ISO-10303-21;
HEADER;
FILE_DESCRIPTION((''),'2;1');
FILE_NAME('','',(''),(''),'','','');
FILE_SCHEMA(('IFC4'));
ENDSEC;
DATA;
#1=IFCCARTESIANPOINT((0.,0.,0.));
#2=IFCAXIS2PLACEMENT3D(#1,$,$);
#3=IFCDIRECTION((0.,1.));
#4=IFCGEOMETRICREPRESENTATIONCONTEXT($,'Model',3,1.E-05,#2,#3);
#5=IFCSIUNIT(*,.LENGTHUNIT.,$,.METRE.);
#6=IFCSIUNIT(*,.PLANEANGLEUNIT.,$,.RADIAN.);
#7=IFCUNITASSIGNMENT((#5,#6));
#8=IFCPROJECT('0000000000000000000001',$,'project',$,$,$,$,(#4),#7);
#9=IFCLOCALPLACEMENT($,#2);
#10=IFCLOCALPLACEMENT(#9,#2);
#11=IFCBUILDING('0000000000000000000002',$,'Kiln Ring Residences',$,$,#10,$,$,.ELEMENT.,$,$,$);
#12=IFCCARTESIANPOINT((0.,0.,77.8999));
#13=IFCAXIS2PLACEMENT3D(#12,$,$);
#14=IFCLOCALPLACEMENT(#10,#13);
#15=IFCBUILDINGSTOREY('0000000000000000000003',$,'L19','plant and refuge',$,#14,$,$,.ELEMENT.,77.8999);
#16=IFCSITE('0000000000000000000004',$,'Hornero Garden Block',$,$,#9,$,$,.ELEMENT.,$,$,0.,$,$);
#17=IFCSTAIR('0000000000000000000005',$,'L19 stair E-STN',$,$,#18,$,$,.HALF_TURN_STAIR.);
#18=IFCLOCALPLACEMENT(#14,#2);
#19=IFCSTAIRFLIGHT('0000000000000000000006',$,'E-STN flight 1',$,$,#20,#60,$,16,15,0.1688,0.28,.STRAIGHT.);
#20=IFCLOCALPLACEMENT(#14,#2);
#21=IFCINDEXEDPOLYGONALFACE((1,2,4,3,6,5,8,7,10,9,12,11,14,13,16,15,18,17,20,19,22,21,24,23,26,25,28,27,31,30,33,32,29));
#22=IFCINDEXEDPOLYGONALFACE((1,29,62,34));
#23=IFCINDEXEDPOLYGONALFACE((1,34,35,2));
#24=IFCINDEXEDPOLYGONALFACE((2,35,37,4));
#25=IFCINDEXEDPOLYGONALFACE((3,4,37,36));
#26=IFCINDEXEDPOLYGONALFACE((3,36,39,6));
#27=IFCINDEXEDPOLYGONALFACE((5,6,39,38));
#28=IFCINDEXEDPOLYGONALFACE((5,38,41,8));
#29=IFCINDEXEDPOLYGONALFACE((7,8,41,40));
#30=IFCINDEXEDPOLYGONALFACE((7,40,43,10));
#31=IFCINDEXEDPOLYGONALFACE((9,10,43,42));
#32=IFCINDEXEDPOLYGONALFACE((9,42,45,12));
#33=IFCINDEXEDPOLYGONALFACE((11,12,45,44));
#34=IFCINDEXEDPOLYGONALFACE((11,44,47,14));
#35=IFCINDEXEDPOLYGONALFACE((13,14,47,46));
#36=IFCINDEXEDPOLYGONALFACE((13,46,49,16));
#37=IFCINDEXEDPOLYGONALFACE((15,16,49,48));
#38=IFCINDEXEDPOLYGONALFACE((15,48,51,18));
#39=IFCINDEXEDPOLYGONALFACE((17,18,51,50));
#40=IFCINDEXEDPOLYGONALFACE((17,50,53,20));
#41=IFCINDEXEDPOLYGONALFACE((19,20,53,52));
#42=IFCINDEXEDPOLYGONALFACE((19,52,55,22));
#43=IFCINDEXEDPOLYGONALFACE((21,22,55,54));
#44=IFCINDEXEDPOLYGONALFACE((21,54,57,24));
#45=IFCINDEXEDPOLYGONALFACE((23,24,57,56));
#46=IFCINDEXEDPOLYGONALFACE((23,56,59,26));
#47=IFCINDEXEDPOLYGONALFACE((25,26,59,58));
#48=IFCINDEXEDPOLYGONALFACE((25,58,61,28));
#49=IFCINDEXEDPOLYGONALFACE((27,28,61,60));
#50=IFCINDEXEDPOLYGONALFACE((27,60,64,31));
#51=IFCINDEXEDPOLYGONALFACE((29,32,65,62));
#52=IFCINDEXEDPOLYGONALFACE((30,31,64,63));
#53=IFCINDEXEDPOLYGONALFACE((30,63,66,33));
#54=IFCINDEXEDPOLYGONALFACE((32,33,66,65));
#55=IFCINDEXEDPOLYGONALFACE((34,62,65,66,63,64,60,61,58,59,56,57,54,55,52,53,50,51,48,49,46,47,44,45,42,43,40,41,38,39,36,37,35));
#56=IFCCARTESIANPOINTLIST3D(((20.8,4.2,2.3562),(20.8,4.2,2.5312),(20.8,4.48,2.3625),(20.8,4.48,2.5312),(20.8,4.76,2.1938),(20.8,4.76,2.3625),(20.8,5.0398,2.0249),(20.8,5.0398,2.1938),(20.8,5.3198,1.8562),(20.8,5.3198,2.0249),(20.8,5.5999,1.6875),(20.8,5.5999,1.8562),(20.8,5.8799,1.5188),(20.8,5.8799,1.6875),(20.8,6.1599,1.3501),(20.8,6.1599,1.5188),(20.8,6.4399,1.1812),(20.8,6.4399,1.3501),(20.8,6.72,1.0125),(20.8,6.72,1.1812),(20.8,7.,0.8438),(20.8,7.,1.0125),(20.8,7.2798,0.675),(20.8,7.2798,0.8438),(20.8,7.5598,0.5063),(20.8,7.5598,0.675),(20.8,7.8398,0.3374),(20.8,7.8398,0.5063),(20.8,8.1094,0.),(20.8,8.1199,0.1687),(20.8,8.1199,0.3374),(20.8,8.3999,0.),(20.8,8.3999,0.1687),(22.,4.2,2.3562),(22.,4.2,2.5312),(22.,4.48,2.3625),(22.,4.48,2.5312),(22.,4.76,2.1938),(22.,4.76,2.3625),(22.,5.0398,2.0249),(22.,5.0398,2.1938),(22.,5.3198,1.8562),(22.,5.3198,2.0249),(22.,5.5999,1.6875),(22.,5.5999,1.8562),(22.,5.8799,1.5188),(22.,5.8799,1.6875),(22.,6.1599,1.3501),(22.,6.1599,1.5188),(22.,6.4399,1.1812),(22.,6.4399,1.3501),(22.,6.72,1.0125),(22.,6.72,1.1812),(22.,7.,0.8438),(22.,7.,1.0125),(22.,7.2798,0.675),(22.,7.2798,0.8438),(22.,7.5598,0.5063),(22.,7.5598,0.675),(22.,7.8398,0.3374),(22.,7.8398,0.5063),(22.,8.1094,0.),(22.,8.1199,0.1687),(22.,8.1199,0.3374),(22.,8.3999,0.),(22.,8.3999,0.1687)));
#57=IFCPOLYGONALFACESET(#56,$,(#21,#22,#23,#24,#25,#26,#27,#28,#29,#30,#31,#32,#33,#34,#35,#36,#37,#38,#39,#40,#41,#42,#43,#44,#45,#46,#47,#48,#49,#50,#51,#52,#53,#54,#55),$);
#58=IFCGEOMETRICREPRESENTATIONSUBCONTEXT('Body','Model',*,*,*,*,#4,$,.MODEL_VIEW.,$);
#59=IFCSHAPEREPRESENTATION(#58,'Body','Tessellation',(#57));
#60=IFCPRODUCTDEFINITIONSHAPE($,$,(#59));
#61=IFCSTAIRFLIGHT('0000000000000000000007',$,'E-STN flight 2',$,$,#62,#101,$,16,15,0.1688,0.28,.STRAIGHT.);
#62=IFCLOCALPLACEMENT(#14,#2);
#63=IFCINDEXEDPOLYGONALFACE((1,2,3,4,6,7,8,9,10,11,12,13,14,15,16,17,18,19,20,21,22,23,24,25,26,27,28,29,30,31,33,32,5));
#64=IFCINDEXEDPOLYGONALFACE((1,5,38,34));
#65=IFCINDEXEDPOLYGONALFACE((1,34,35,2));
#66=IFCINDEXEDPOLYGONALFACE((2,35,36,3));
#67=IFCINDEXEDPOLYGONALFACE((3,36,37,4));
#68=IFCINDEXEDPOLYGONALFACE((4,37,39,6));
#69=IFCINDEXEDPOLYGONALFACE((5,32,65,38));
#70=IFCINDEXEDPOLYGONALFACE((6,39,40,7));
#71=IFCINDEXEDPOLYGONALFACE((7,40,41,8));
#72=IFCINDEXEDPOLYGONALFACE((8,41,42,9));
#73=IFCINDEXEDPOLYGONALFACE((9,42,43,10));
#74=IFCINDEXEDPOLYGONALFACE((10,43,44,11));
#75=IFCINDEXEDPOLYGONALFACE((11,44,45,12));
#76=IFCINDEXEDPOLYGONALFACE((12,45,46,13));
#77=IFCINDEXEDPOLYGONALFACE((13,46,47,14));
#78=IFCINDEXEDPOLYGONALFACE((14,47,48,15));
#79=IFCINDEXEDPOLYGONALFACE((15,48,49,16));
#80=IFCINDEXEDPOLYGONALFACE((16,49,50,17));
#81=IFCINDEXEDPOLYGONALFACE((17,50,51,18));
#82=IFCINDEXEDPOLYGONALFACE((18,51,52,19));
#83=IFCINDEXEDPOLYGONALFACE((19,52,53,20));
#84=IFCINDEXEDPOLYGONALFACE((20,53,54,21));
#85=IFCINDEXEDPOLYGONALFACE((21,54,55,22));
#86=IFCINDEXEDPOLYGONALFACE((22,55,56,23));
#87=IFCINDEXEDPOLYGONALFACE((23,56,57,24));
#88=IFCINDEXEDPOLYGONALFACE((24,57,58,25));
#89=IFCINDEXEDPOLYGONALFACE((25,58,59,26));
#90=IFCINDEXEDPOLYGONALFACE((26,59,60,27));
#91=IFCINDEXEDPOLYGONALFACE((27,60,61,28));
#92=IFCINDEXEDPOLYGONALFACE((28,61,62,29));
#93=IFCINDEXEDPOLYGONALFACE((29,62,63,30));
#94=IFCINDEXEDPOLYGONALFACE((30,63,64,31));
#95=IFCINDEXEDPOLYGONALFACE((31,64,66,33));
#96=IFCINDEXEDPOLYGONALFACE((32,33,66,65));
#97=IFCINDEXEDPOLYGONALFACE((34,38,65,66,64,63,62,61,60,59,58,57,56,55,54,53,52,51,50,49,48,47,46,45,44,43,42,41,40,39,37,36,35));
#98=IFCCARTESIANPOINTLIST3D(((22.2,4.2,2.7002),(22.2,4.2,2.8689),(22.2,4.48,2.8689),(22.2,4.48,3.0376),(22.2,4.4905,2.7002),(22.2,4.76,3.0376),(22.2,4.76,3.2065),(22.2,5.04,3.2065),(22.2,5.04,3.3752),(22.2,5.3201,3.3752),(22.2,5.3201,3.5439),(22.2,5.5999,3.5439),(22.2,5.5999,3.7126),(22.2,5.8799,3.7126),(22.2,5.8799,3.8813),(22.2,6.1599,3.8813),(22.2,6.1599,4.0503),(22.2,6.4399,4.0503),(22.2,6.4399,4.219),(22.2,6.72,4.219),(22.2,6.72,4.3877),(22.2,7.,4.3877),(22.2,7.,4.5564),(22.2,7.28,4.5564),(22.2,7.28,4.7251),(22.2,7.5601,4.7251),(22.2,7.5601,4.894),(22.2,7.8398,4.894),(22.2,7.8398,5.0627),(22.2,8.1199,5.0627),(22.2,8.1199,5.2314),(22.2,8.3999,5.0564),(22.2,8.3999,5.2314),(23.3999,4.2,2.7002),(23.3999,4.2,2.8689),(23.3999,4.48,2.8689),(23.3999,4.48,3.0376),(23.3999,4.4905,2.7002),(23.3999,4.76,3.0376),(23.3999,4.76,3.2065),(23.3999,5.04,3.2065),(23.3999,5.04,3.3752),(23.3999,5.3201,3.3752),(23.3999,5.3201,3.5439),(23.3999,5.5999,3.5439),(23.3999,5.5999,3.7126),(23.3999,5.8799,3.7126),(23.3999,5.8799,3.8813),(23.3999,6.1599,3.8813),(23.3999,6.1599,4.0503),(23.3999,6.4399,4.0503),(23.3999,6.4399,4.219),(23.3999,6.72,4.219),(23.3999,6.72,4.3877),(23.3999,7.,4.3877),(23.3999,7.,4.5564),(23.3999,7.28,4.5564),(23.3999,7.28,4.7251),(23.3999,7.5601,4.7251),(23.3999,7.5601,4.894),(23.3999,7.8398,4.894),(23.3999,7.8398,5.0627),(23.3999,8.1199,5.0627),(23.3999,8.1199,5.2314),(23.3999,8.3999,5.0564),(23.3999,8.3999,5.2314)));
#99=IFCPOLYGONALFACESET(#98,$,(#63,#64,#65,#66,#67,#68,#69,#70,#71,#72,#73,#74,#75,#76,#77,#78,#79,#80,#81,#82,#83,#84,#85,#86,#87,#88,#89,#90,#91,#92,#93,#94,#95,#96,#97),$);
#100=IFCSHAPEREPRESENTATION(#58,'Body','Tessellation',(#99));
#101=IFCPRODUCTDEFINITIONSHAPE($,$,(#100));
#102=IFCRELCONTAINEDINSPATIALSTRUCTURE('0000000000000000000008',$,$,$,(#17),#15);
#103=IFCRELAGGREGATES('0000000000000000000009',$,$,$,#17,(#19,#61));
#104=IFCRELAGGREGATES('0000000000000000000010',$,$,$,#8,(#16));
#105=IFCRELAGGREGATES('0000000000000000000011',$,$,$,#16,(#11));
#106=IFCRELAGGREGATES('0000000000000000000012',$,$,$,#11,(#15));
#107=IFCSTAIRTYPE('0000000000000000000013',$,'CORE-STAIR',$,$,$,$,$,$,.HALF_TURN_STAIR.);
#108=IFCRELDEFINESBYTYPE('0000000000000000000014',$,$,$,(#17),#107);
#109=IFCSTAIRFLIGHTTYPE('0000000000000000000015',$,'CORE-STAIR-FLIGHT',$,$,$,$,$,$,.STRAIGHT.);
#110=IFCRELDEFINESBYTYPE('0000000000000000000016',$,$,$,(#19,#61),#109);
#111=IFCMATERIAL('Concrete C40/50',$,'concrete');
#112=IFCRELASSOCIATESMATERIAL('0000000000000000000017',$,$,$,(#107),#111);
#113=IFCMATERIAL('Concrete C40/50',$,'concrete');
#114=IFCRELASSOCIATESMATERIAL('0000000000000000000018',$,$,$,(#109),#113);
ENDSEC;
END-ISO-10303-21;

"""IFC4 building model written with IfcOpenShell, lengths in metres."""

from ifc_helpers import new_model, si_unit, direction, frame, origin, place, context, subcontext, project, spatial, polyline, outline, extrude, material, type_object, element, aggregate, save


model = new_model("IFC4")

# Units and contexts
model_context = context("Model", 3, precision=1e-05, world=origin(), true_north=direction((0.0, 1.0)))
body_context = subcontext(model_context, "Body", "Model", "MODEL_VIEW")
ifc_project = project(units=[si_unit("LENGTHUNIT", "METRE"), si_unit("PLANEANGLEUNIT", "RADIAN")], contexts=[model_context])

# Site, building, storey
site_placement = place(None, origin())
site = spatial("IfcSite", under=ifc_project, at=site_placement, Name="Hornero Garden Block", CompositionType="ELEMENT", RefElevation=0.0)
building_placement = place(site_placement, origin())
building = spatial("IfcBuilding", under=site, at=building_placement, Name="Kiln Ring Residences", CompositionType="ELEMENT")
storey_placement = place(building_placement, frame((0.0, 0.0, 77.8999)))
storey = spatial("IfcBuildingStorey", under=building, at=storey_placement, Name="L19", Description="plant and refuge", CompositionType="ELEMENT", Elevation=77.8999)

# Stair, stair flights
ifc_material_1 = material(Name="Concrete C40/50", Category="concrete")
stair_type = type_object("IfcStairType", Name="CORE-STAIR", PredefinedType="HALF_TURN_STAIR", material=ifc_material_1)
stair_placement = place(storey_placement, origin())
stair = element("IfcStair", 1, at=stair_placement, inside=storey, type_object=stair_type, Name="L19 stair E-STN", PredefinedType="HALF_TURN_STAIR")
ifc_material_2 = material(Name="Concrete C40/50", Category="concrete")
stair_flight_type = type_object("IfcStairFlightType", Name="CORE-STAIR-FLIGHT", PredefinedType="STRAIGHT", material=ifc_material_2)
stair_flight_1_placement = place(storey_placement, frame((21.3999, 8.3999, 0.0), z_axis=(0.0, 0.0, 1.0), x_axis=(0.0, -1.0, 0.0)))
stair_flight_1 = element("IfcStairFlight", 2, at=stair_flight_1_placement, type_object=stair_flight_type, Name="E-STN flight 1", NumberOfRisers=16, NumberOfTreads=15, PredefinedType="STRAIGHT", RiserHeight=0.1688, TreadLength=0.28, context=body_context, shape_type="SweptSolid", body=[
    extrude(outline(polyline([(0.0, 0.0), (0.0, 0.1687), (0.28, 0.1687), (0.28, 0.3374), (0.5601, 0.3374), (0.5601, 0.5063), (0.8401, 0.5063), (0.8401, 0.675), (1.1201, 0.675), (1.1201, 0.8438), (1.3999, 0.8438), (1.3999, 1.0125), (1.6799, 1.0125), (1.6799, 1.1812), (1.96, 1.1812), (1.96, 1.3501), (2.24, 1.3501), (2.24, 1.5188), (2.52, 1.5188), (2.52, 1.6875), (2.8, 1.6875), (2.8, 1.8562), (3.0801, 1.8562), (3.0801, 2.0249), (3.3601, 2.0249), (3.3601, 2.1938), (3.6399, 2.1938), (3.6399, 2.3625), (3.9199, 2.3625), (3.9199, 2.5312), (4.2, 2.5312), (4.2, 2.7), (4.2, 2.3562), (0.2905, 0.0), (0.0, 0.0)])), frame((0.0, 0.6001, 0.0), z_axis=(0.0, -1.0, 0.0), x_axis=(1.0, 0.0, 0.0)), (0.0, 0.0, 1.0), 1.2),
])
stair_flight_2_placement = place(storey_placement, frame((22.8, 4.2, 2.7002), z_axis=(0.0, 0.0, 1.0), x_axis=(0.0, 1.0, 0.0)))
stair_flight_2 = element("IfcStairFlight", 3, at=stair_flight_2_placement, type_object=stair_flight_type, Name="E-STN flight 2", NumberOfRisers=16, NumberOfTreads=15, PredefinedType="STRAIGHT", RiserHeight=0.1688, TreadLength=0.28, context=body_context, shape_type="SweptSolid", body=[
    extrude(outline(polyline([(0.0, 0.0), (0.0, 0.1687), (0.28, 0.1687), (0.28, 0.3374), (0.5601, 0.3374), (0.5601, 0.5063), (0.8401, 0.5063), (0.8401, 0.675), (1.1201, 0.675), (1.1201, 0.8438), (1.3999, 0.8438), (1.3999, 1.0125), (1.6799, 1.0125), (1.6799, 1.1812), (1.96, 1.1812), (1.96, 1.3501), (2.24, 1.3501), (2.24, 1.5188), (2.52, 1.5188), (2.52, 1.6875), (2.8, 1.6875), (2.8, 1.8562), (3.0801, 1.8562), (3.0801, 2.0249), (3.3601, 2.0249), (3.3601, 2.1938), (3.6399, 2.1938), (3.6399, 2.3625), (3.9199, 2.3625), (3.9199, 2.5312), (4.2, 2.5312), (4.2, 2.7), (4.2, 2.3562), (0.2905, 0.0), (0.0, 0.0)])), frame((0.0, 0.6001, 0.0), z_axis=(0.0, -1.0, 0.0), x_axis=(1.0, 0.0, 0.0)), (0.0, 0.0, 1.0), 1.2),
])
aggregate(stair, [stair_flight_1, stair_flight_2])

save(model, "model.ifc")
